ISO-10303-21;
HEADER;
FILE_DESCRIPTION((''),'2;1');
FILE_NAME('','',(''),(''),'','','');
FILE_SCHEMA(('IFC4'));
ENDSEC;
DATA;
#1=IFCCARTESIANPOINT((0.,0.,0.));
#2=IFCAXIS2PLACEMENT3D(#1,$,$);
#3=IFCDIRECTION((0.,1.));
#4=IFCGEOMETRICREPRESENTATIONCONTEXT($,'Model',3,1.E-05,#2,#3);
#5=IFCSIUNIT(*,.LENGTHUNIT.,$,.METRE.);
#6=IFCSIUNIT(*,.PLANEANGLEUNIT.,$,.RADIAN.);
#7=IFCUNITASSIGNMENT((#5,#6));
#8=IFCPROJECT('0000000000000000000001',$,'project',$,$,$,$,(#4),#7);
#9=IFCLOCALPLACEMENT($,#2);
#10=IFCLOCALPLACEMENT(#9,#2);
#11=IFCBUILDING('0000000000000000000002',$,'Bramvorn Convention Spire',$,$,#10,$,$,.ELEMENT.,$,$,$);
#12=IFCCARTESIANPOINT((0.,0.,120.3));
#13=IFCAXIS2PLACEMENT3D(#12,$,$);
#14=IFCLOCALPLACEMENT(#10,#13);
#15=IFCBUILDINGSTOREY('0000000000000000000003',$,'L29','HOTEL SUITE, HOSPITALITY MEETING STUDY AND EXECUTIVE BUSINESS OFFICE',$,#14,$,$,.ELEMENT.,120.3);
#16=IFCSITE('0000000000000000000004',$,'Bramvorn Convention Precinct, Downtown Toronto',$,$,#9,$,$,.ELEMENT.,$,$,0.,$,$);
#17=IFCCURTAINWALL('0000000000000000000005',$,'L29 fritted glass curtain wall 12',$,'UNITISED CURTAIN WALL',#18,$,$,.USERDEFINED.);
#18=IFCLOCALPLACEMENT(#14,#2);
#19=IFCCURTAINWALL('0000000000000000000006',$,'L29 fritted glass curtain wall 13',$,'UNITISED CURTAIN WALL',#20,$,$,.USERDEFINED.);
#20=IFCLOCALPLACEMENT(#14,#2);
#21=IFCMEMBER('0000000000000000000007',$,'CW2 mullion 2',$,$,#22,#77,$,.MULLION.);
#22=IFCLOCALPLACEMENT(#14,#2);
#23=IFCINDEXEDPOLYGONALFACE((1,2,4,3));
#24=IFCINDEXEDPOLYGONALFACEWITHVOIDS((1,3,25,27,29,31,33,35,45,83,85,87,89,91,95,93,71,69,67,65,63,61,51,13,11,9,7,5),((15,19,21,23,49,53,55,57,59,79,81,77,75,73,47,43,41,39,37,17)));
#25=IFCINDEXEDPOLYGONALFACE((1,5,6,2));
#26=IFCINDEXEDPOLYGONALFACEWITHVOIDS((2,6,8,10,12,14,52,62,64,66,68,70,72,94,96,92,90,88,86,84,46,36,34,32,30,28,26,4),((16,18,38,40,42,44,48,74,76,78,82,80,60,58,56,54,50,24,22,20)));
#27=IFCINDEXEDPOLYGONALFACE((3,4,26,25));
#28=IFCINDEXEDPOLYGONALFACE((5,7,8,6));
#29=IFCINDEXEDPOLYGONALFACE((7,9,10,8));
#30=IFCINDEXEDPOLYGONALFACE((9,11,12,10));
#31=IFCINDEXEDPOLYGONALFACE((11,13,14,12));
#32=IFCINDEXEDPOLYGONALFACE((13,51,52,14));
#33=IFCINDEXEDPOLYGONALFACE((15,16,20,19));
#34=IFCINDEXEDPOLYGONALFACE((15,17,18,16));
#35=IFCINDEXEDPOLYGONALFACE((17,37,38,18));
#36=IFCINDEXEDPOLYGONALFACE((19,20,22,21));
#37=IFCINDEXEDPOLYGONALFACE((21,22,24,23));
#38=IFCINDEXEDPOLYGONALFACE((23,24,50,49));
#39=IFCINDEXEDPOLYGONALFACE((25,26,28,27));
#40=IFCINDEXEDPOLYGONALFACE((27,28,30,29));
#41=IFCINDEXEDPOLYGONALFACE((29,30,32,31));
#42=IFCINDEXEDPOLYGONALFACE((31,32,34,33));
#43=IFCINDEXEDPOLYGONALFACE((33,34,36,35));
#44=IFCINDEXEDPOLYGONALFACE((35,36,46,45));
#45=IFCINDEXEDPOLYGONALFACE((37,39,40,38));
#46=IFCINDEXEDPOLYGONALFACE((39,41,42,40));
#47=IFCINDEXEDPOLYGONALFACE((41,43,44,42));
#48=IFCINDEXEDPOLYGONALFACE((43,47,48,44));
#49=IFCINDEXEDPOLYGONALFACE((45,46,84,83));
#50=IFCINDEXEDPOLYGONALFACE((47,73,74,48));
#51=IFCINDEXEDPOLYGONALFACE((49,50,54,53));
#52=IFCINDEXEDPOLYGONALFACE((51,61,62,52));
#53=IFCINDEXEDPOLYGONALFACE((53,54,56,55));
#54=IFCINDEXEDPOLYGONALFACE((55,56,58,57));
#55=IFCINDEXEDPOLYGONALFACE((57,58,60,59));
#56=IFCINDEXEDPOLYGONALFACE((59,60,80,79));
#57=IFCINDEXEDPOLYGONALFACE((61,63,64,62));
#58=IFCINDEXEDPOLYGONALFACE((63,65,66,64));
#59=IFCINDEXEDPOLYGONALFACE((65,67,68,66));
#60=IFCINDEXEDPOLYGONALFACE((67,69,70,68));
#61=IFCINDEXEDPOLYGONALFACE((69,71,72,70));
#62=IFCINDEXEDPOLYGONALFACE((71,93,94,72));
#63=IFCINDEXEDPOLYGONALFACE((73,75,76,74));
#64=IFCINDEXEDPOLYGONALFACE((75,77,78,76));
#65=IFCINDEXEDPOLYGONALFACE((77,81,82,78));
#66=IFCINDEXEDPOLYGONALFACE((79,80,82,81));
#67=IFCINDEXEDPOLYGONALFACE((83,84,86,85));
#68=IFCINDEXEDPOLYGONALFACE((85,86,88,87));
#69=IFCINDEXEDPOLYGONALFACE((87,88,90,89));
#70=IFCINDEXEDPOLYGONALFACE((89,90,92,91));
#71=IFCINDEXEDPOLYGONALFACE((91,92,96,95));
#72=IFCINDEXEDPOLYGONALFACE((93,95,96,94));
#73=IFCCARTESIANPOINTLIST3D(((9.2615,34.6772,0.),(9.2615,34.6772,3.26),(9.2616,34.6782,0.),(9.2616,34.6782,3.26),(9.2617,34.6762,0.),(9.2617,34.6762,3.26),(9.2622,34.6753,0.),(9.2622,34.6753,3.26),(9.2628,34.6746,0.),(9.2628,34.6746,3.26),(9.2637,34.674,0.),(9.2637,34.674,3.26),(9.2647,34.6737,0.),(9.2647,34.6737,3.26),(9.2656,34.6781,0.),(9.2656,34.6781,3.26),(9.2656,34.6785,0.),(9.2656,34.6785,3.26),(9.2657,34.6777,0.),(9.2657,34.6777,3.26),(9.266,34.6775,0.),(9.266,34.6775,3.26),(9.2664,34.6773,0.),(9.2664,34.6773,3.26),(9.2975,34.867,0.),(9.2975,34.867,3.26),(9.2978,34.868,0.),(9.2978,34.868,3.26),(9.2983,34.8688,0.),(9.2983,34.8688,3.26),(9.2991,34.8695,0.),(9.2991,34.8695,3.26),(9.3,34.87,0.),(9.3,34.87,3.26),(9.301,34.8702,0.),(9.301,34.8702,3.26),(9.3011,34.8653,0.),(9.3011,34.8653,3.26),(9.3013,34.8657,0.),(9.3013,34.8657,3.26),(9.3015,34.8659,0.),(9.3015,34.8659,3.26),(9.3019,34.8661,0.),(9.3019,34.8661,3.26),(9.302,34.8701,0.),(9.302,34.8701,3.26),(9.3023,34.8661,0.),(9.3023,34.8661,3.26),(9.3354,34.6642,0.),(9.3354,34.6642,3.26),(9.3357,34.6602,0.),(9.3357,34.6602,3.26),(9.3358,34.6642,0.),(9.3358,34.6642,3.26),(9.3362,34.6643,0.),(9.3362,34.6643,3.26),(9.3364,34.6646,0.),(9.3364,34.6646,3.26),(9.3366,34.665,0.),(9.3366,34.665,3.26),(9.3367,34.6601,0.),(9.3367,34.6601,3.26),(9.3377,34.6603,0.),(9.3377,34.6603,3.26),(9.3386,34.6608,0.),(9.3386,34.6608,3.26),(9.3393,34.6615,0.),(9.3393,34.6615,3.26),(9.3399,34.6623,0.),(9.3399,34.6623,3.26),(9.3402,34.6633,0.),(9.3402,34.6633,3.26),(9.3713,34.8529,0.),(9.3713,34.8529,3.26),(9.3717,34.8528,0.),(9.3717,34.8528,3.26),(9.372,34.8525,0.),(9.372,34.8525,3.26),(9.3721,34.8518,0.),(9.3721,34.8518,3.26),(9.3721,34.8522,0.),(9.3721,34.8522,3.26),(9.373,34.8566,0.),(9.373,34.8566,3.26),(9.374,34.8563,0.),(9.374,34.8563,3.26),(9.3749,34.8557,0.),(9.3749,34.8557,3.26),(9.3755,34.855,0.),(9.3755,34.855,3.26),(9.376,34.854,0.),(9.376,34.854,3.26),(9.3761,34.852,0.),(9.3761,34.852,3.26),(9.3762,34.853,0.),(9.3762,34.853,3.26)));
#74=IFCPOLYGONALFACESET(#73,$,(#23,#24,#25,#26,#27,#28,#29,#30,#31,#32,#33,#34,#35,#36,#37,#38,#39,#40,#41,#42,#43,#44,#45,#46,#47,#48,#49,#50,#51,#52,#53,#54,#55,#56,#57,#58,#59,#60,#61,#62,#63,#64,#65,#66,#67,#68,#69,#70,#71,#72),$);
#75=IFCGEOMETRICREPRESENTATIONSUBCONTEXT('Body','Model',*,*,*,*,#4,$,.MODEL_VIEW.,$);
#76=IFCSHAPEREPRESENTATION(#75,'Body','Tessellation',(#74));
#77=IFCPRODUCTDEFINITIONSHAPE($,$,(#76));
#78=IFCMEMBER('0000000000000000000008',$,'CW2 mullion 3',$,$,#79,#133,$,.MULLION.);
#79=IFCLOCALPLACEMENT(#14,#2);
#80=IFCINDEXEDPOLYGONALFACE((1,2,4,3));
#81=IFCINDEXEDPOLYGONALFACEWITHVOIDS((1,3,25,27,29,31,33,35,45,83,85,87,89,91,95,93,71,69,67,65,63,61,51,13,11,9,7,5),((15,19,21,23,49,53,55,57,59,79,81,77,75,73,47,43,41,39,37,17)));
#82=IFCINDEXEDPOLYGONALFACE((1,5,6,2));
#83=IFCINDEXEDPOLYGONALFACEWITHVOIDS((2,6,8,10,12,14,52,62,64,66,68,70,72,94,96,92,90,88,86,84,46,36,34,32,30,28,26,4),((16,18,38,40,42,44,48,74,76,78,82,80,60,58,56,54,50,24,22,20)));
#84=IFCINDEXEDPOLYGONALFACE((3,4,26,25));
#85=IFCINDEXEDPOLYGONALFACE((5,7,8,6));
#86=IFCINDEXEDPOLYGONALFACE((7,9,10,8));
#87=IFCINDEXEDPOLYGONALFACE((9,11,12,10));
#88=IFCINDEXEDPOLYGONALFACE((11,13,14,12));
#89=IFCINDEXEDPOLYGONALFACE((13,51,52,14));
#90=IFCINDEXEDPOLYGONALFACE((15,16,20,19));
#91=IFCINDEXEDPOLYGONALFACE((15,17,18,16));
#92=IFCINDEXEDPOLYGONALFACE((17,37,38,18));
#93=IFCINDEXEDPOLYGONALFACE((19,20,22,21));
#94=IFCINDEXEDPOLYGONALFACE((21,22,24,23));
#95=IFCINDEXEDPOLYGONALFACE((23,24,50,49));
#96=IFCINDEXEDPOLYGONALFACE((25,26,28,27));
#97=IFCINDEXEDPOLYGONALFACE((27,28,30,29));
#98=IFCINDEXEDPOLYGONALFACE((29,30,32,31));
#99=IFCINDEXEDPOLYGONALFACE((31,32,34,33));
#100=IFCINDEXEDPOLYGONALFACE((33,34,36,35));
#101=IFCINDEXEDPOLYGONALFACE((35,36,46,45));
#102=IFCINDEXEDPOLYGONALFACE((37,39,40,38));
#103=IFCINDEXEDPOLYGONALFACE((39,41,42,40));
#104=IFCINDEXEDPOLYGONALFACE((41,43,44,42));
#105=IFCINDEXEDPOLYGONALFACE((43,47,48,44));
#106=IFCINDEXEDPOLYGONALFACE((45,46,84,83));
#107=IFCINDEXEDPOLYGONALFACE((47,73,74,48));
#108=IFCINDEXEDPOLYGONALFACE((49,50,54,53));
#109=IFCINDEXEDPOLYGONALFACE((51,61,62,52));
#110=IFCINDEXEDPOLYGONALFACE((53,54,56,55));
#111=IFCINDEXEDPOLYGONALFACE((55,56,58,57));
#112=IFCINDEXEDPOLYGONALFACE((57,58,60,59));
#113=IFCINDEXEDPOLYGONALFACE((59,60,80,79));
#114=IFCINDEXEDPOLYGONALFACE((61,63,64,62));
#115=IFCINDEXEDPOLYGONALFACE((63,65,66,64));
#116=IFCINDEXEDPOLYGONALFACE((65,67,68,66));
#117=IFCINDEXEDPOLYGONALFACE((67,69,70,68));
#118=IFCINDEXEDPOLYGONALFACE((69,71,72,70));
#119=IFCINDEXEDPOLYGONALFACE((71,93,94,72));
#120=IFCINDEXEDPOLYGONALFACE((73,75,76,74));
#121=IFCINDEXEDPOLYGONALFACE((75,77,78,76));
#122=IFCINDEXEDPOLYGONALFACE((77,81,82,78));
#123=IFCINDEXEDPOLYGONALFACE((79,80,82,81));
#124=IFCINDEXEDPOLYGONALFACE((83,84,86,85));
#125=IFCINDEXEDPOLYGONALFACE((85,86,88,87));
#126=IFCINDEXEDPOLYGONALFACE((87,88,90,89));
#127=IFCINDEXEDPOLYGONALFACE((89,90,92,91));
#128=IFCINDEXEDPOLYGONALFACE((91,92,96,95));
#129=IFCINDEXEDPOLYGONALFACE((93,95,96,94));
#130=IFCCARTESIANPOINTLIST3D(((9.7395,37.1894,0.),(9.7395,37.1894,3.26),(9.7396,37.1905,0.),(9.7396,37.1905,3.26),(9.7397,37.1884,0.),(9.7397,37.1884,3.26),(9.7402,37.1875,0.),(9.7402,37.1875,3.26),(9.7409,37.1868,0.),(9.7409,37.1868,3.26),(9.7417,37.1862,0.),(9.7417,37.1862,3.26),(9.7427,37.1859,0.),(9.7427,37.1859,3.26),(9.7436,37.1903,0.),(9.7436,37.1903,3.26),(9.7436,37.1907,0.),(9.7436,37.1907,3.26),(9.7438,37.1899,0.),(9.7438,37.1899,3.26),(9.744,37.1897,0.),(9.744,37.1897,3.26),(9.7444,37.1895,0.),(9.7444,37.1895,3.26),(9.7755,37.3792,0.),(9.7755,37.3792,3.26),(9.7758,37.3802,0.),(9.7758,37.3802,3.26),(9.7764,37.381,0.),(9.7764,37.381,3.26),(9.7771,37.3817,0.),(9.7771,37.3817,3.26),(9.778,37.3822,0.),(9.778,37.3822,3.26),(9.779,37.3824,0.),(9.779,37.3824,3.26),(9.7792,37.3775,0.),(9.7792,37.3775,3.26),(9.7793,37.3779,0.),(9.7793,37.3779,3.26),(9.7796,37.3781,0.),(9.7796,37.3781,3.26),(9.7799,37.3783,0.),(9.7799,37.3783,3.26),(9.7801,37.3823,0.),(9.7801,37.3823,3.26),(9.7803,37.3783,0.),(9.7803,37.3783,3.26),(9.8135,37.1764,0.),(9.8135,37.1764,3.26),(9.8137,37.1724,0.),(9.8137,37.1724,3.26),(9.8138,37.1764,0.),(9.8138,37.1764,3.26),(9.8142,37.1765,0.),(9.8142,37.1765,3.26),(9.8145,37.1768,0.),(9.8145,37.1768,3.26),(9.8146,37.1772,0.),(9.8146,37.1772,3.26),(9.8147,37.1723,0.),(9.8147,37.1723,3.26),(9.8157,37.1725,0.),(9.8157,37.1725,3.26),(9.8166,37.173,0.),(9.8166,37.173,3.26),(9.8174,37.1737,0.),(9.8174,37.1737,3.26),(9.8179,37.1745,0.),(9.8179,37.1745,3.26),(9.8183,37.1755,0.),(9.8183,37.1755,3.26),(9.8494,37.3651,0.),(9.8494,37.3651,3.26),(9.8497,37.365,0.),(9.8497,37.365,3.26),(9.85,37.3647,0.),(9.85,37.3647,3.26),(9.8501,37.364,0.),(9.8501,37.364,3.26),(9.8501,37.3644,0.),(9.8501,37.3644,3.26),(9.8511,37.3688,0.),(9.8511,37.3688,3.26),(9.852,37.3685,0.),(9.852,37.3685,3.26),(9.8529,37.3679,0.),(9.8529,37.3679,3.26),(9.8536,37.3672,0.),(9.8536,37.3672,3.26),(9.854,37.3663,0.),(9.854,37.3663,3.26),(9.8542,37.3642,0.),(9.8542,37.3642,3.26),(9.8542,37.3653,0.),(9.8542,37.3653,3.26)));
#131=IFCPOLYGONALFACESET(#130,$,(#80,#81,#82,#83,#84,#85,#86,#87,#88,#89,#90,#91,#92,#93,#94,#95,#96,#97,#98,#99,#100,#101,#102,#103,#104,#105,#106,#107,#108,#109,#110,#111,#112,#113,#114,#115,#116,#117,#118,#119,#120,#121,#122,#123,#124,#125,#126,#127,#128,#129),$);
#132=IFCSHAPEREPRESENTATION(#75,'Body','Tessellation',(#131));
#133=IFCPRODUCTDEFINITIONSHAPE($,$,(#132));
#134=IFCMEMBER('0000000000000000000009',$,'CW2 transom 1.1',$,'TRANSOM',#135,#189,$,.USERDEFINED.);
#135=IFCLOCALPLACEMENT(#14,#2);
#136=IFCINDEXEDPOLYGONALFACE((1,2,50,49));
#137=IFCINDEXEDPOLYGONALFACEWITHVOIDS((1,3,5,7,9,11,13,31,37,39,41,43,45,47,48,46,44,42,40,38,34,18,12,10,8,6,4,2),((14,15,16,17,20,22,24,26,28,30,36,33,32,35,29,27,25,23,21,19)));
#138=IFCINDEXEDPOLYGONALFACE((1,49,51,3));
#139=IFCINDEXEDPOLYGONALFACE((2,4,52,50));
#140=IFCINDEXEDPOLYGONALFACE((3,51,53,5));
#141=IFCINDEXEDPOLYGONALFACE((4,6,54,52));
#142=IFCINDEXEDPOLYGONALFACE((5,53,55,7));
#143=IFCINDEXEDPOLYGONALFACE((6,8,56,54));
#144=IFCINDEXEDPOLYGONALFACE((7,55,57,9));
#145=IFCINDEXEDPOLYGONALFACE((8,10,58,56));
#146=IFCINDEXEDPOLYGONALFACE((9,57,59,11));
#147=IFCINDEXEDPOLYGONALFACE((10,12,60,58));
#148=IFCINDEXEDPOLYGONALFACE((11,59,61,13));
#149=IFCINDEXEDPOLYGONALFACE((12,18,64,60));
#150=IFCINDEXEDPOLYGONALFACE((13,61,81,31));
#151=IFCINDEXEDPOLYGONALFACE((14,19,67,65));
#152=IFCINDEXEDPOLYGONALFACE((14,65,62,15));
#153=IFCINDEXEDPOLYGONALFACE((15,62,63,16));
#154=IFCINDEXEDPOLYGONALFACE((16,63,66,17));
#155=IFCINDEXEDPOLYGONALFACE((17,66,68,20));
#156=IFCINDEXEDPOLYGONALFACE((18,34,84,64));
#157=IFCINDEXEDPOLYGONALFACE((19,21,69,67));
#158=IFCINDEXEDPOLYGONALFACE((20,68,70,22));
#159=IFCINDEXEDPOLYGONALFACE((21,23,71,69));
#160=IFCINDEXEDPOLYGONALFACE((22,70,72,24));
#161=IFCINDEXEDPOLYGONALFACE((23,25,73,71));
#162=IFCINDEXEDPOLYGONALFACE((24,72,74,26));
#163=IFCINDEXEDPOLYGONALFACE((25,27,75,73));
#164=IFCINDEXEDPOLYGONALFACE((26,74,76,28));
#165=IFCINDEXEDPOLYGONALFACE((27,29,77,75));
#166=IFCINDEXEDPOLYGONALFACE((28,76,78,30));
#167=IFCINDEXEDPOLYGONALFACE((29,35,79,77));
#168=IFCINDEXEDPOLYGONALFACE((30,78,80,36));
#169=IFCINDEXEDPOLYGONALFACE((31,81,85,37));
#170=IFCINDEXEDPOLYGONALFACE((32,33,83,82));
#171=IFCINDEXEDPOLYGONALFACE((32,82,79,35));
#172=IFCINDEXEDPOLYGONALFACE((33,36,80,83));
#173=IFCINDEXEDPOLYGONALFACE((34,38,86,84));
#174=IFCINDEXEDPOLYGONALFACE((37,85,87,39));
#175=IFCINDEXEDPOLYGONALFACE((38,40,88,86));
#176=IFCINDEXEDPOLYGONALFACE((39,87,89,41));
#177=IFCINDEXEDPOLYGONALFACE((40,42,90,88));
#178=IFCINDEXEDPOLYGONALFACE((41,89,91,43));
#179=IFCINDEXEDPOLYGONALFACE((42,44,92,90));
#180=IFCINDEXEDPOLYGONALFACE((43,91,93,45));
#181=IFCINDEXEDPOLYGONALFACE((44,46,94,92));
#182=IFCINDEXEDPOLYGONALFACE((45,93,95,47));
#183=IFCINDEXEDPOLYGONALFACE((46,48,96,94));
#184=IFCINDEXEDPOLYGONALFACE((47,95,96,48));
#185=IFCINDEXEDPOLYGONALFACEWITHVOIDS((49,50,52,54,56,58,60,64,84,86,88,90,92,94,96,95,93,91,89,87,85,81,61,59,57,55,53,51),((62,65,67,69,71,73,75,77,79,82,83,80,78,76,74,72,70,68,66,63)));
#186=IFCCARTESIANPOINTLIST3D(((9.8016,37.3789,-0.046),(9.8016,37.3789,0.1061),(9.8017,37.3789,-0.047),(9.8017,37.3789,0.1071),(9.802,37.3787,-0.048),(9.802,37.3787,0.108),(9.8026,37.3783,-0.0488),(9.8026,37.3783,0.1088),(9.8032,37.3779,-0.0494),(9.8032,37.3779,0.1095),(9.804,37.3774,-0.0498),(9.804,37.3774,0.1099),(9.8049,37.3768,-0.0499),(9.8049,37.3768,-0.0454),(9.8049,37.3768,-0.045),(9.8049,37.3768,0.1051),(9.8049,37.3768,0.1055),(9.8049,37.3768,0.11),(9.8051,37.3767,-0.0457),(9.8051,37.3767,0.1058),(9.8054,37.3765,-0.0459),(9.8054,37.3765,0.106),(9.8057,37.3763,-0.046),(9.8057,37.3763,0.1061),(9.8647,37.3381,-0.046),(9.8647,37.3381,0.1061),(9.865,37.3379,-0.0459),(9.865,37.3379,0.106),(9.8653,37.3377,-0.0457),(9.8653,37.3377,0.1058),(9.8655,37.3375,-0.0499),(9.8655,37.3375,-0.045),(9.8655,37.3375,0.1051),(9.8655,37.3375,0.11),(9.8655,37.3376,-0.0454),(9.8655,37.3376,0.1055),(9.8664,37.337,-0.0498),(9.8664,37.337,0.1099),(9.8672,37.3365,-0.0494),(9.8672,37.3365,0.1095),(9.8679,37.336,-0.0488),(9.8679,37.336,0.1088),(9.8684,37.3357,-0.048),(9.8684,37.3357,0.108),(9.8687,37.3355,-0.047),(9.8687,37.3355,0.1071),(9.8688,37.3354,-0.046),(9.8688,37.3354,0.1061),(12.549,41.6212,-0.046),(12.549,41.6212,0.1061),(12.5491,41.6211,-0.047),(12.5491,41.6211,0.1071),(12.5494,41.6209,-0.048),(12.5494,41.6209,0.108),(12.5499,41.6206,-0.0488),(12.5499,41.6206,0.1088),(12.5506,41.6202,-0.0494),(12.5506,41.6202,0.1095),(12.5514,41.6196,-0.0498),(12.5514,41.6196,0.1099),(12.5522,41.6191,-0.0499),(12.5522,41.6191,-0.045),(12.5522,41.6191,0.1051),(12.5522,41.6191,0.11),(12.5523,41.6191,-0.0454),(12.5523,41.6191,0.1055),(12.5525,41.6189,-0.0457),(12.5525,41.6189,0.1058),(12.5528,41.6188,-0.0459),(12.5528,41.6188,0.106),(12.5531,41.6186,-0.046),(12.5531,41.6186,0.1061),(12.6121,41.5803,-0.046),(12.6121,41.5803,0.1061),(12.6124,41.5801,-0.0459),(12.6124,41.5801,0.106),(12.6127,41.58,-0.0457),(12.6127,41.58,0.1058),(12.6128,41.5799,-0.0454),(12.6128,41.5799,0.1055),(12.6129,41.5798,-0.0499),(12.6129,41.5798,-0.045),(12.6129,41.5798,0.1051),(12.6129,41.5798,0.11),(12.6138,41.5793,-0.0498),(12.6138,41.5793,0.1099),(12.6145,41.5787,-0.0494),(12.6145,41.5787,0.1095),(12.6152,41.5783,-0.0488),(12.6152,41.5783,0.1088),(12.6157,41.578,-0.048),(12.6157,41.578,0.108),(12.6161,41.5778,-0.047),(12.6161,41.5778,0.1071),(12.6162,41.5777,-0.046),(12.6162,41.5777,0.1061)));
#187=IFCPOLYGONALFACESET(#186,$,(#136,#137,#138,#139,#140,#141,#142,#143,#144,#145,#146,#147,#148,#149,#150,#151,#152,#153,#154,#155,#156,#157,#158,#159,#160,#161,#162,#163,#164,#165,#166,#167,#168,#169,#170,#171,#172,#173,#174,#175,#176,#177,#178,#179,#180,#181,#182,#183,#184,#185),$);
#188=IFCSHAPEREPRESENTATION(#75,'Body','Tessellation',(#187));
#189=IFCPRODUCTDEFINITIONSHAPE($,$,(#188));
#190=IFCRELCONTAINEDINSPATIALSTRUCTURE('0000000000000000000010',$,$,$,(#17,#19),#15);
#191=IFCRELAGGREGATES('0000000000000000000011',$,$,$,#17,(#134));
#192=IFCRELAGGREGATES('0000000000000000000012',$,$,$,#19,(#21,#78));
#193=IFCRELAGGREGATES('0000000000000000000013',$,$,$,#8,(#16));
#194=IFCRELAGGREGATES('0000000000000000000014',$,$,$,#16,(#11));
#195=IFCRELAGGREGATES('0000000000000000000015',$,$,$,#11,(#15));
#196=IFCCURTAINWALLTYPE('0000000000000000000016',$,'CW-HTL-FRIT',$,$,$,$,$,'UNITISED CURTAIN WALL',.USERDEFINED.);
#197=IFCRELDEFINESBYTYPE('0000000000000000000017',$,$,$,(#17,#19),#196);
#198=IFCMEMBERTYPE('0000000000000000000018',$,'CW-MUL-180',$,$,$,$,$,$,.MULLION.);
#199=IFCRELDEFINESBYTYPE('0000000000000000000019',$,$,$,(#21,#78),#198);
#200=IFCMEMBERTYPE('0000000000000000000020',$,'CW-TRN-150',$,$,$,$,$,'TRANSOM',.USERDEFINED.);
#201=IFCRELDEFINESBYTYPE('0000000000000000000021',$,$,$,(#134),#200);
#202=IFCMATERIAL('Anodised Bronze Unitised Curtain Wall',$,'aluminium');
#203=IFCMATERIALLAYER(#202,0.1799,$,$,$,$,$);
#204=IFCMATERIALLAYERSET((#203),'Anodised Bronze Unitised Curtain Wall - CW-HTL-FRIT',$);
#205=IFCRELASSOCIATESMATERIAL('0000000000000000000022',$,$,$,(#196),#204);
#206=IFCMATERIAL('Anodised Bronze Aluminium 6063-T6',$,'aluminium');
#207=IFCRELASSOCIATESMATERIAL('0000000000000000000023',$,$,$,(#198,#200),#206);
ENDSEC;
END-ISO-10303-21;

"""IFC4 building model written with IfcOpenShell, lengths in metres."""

from ifc_helpers import new_model, si_unit, direction, frame, origin, origin_2d, place, context, subcontext, project, spatial, hollow_rectangle, extrude, material, layer, layer_set, material_profile, profile_set, type_object, element, aggregate, save


model = new_model("IFC4")

# Units and contexts
model_context = context("Model", 3, precision=1e-05, world=origin(), true_north=direction((0.0, 1.0)))
body_context = subcontext(model_context, "Body", "Model", "MODEL_VIEW")
ifc_project = project(units=[si_unit("LENGTHUNIT", "METRE"), si_unit("PLANEANGLEUNIT", "RADIAN")], contexts=[model_context])

# Site, building, storey
site_placement = place(None, origin())
site = spatial("IfcSite", under=ifc_project, at=site_placement, Name="Bramvorn Convention Precinct, Downtown Toronto", CompositionType="ELEMENT", RefElevation=0.0)
building_placement = place(site_placement, origin())
building = spatial("IfcBuilding", under=site, at=building_placement, Name="Bramvorn Convention Spire", CompositionType="ELEMENT")
storey_placement = place(building_placement, frame((0.0, 0.0, 120.3)))
storey = spatial("IfcBuildingStorey", under=building, at=storey_placement, Name="L29", Description="HOTEL SUITE, HOSPITALITY MEETING STUDY AND EXECUTIVE BUSINESS OFFICE", CompositionType="ELEMENT", Elevation=120.3)

# Curtain walls, members
ifc_material_1 = material(Name="Anodised Bronze Unitised Curtain Wall", Category="aluminium")
ifc_layer_1 = layer(ifc_material_1, 0.1799)
ifc_layer_set_1 = layer_set([ifc_layer_1], Name="Anodised Bronze Unitised Curtain Wall - CW-HTL-FRIT")
curtain_wall_type = type_object("IfcCurtainWallType", Name="CW-HTL-FRIT", ElementType="UNITISED CURTAIN WALL", PredefinedType="USERDEFINED", material=ifc_layer_set_1)
curtain_wall_1_placement = place(storey_placement, origin())
curtain_wall_1 = element("IfcCurtainWall", 1, at=curtain_wall_1_placement, inside=storey, type_object=curtain_wall_type, Name="L29 fritted glass curtain wall 12", ObjectType="UNITISED CURTAIN WALL", PredefinedType="USERDEFINED")
ifc_material_2 = material(Name="Anodised Bronze Aluminium 6063-T6", Category="aluminium")
ifc_material_profile_1 = material_profile(ifc_material_2, hollow_rectangle(XDim=0.0801, YDim=0.2, WallThickness=0.0039, InnerFilletRadius=0.001, OuterFilletRadius=0.0039, at=origin_2d()))
ifc_profile_set_1 = profile_set([ifc_material_profile_1], Name="Anodised Bronze Aluminium 6063-T6 - CWM80X200")
member_type_1 = type_object("IfcMemberType", Name="CW-MUL-180", PredefinedType="MULLION", material=ifc_profile_set_1)
curtain_wall_2_placement = place(storey_placement, origin())
curtain_wall_2 = element("IfcCurtainWall", 2, at=curtain_wall_2_placement, inside=storey, type_object=curtain_wall_type, Name="L29 fritted glass curtain wall 13", ObjectType="UNITISED CURTAIN WALL", PredefinedType="USERDEFINED")
member_1_placement = place(storey_placement, frame((9.3188, 34.7651, 0.0), z_axis=(0.0, 0.0, 1.0), x_axis=(-0.982379, 0.186902, 0.0)))
member_1 = element("IfcMember", 3, at=member_1_placement, type_object=member_type_1, Name="CW2 mullion 2", PredefinedType="MULLION", context=body_context, shape_type="SweptSolid", body=[
    extrude(hollow_rectangle(XDim=0.0801, YDim=0.2, WallThickness=0.0039, InnerFilletRadius=0.001, OuterFilletRadius=0.0039, at=origin_2d()), origin(), (0.0, 0.0, 1.0), 3.26),
])
member_2_placement = place(storey_placement, frame((9.7969, 37.2773, 0.0), z_axis=(0.0, 0.0, 1.0), x_axis=(-0.982379, 0.186902, 0.0)))
member_2 = element("IfcMember", 4, at=member_2_placement, type_object=member_type_1, Name="CW2 mullion 3", PredefinedType="MULLION", context=body_context, shape_type="SweptSolid", body=[
    extrude(hollow_rectangle(XDim=0.0801, YDim=0.2, WallThickness=0.0039, InnerFilletRadius=0.001, OuterFilletRadius=0.0039, at=origin_2d()), origin(), (0.0, 0.0, 1.0), 3.26),
])

# Member
ifc_material_profile_2 = material_profile(ifc_material_2, hollow_rectangle(XDim=0.0801, YDim=0.1599, WallThickness=0.0039, InnerFilletRadius=0.001, OuterFilletRadius=0.0039, at=origin_2d()))
ifc_profile_set_2 = profile_set([ifc_material_profile_2], Name="Anodised Bronze Aluminium 6063-T6 - CWT80X160")
member_type_2 = type_object("IfcMemberType", Name="CW-TRN-150", ElementType="TRANSOM", PredefinedType="USERDEFINED", material=ifc_profile_set_2)
member_3_placement = place(storey_placement, frame((9.8352, 37.3572, 0.03), z_axis=(0.543582, 0.839356, 0.0), x_axis=(-0.839356, 0.543582, 0.0)))
member_3 = element("IfcMember", 5, at=member_3_placement, type_object=member_type_2, Name="CW2 transom 1.1", ObjectType="TRANSOM", PredefinedType="USERDEFINED", context=body_context, shape_type="SweptSolid", body=[
    extrude(hollow_rectangle(XDim=0.0801, YDim=0.1599, WallThickness=0.0039, InnerFilletRadius=0.001, OuterFilletRadius=0.0039, at=origin_2d()), origin(), (0.0, 0.0, 1.0), 5.0542),
])

aggregate(curtain_wall_1, [member_3])
aggregate(curtain_wall_2, [member_1, member_2])

save(model, "model.ifc")
